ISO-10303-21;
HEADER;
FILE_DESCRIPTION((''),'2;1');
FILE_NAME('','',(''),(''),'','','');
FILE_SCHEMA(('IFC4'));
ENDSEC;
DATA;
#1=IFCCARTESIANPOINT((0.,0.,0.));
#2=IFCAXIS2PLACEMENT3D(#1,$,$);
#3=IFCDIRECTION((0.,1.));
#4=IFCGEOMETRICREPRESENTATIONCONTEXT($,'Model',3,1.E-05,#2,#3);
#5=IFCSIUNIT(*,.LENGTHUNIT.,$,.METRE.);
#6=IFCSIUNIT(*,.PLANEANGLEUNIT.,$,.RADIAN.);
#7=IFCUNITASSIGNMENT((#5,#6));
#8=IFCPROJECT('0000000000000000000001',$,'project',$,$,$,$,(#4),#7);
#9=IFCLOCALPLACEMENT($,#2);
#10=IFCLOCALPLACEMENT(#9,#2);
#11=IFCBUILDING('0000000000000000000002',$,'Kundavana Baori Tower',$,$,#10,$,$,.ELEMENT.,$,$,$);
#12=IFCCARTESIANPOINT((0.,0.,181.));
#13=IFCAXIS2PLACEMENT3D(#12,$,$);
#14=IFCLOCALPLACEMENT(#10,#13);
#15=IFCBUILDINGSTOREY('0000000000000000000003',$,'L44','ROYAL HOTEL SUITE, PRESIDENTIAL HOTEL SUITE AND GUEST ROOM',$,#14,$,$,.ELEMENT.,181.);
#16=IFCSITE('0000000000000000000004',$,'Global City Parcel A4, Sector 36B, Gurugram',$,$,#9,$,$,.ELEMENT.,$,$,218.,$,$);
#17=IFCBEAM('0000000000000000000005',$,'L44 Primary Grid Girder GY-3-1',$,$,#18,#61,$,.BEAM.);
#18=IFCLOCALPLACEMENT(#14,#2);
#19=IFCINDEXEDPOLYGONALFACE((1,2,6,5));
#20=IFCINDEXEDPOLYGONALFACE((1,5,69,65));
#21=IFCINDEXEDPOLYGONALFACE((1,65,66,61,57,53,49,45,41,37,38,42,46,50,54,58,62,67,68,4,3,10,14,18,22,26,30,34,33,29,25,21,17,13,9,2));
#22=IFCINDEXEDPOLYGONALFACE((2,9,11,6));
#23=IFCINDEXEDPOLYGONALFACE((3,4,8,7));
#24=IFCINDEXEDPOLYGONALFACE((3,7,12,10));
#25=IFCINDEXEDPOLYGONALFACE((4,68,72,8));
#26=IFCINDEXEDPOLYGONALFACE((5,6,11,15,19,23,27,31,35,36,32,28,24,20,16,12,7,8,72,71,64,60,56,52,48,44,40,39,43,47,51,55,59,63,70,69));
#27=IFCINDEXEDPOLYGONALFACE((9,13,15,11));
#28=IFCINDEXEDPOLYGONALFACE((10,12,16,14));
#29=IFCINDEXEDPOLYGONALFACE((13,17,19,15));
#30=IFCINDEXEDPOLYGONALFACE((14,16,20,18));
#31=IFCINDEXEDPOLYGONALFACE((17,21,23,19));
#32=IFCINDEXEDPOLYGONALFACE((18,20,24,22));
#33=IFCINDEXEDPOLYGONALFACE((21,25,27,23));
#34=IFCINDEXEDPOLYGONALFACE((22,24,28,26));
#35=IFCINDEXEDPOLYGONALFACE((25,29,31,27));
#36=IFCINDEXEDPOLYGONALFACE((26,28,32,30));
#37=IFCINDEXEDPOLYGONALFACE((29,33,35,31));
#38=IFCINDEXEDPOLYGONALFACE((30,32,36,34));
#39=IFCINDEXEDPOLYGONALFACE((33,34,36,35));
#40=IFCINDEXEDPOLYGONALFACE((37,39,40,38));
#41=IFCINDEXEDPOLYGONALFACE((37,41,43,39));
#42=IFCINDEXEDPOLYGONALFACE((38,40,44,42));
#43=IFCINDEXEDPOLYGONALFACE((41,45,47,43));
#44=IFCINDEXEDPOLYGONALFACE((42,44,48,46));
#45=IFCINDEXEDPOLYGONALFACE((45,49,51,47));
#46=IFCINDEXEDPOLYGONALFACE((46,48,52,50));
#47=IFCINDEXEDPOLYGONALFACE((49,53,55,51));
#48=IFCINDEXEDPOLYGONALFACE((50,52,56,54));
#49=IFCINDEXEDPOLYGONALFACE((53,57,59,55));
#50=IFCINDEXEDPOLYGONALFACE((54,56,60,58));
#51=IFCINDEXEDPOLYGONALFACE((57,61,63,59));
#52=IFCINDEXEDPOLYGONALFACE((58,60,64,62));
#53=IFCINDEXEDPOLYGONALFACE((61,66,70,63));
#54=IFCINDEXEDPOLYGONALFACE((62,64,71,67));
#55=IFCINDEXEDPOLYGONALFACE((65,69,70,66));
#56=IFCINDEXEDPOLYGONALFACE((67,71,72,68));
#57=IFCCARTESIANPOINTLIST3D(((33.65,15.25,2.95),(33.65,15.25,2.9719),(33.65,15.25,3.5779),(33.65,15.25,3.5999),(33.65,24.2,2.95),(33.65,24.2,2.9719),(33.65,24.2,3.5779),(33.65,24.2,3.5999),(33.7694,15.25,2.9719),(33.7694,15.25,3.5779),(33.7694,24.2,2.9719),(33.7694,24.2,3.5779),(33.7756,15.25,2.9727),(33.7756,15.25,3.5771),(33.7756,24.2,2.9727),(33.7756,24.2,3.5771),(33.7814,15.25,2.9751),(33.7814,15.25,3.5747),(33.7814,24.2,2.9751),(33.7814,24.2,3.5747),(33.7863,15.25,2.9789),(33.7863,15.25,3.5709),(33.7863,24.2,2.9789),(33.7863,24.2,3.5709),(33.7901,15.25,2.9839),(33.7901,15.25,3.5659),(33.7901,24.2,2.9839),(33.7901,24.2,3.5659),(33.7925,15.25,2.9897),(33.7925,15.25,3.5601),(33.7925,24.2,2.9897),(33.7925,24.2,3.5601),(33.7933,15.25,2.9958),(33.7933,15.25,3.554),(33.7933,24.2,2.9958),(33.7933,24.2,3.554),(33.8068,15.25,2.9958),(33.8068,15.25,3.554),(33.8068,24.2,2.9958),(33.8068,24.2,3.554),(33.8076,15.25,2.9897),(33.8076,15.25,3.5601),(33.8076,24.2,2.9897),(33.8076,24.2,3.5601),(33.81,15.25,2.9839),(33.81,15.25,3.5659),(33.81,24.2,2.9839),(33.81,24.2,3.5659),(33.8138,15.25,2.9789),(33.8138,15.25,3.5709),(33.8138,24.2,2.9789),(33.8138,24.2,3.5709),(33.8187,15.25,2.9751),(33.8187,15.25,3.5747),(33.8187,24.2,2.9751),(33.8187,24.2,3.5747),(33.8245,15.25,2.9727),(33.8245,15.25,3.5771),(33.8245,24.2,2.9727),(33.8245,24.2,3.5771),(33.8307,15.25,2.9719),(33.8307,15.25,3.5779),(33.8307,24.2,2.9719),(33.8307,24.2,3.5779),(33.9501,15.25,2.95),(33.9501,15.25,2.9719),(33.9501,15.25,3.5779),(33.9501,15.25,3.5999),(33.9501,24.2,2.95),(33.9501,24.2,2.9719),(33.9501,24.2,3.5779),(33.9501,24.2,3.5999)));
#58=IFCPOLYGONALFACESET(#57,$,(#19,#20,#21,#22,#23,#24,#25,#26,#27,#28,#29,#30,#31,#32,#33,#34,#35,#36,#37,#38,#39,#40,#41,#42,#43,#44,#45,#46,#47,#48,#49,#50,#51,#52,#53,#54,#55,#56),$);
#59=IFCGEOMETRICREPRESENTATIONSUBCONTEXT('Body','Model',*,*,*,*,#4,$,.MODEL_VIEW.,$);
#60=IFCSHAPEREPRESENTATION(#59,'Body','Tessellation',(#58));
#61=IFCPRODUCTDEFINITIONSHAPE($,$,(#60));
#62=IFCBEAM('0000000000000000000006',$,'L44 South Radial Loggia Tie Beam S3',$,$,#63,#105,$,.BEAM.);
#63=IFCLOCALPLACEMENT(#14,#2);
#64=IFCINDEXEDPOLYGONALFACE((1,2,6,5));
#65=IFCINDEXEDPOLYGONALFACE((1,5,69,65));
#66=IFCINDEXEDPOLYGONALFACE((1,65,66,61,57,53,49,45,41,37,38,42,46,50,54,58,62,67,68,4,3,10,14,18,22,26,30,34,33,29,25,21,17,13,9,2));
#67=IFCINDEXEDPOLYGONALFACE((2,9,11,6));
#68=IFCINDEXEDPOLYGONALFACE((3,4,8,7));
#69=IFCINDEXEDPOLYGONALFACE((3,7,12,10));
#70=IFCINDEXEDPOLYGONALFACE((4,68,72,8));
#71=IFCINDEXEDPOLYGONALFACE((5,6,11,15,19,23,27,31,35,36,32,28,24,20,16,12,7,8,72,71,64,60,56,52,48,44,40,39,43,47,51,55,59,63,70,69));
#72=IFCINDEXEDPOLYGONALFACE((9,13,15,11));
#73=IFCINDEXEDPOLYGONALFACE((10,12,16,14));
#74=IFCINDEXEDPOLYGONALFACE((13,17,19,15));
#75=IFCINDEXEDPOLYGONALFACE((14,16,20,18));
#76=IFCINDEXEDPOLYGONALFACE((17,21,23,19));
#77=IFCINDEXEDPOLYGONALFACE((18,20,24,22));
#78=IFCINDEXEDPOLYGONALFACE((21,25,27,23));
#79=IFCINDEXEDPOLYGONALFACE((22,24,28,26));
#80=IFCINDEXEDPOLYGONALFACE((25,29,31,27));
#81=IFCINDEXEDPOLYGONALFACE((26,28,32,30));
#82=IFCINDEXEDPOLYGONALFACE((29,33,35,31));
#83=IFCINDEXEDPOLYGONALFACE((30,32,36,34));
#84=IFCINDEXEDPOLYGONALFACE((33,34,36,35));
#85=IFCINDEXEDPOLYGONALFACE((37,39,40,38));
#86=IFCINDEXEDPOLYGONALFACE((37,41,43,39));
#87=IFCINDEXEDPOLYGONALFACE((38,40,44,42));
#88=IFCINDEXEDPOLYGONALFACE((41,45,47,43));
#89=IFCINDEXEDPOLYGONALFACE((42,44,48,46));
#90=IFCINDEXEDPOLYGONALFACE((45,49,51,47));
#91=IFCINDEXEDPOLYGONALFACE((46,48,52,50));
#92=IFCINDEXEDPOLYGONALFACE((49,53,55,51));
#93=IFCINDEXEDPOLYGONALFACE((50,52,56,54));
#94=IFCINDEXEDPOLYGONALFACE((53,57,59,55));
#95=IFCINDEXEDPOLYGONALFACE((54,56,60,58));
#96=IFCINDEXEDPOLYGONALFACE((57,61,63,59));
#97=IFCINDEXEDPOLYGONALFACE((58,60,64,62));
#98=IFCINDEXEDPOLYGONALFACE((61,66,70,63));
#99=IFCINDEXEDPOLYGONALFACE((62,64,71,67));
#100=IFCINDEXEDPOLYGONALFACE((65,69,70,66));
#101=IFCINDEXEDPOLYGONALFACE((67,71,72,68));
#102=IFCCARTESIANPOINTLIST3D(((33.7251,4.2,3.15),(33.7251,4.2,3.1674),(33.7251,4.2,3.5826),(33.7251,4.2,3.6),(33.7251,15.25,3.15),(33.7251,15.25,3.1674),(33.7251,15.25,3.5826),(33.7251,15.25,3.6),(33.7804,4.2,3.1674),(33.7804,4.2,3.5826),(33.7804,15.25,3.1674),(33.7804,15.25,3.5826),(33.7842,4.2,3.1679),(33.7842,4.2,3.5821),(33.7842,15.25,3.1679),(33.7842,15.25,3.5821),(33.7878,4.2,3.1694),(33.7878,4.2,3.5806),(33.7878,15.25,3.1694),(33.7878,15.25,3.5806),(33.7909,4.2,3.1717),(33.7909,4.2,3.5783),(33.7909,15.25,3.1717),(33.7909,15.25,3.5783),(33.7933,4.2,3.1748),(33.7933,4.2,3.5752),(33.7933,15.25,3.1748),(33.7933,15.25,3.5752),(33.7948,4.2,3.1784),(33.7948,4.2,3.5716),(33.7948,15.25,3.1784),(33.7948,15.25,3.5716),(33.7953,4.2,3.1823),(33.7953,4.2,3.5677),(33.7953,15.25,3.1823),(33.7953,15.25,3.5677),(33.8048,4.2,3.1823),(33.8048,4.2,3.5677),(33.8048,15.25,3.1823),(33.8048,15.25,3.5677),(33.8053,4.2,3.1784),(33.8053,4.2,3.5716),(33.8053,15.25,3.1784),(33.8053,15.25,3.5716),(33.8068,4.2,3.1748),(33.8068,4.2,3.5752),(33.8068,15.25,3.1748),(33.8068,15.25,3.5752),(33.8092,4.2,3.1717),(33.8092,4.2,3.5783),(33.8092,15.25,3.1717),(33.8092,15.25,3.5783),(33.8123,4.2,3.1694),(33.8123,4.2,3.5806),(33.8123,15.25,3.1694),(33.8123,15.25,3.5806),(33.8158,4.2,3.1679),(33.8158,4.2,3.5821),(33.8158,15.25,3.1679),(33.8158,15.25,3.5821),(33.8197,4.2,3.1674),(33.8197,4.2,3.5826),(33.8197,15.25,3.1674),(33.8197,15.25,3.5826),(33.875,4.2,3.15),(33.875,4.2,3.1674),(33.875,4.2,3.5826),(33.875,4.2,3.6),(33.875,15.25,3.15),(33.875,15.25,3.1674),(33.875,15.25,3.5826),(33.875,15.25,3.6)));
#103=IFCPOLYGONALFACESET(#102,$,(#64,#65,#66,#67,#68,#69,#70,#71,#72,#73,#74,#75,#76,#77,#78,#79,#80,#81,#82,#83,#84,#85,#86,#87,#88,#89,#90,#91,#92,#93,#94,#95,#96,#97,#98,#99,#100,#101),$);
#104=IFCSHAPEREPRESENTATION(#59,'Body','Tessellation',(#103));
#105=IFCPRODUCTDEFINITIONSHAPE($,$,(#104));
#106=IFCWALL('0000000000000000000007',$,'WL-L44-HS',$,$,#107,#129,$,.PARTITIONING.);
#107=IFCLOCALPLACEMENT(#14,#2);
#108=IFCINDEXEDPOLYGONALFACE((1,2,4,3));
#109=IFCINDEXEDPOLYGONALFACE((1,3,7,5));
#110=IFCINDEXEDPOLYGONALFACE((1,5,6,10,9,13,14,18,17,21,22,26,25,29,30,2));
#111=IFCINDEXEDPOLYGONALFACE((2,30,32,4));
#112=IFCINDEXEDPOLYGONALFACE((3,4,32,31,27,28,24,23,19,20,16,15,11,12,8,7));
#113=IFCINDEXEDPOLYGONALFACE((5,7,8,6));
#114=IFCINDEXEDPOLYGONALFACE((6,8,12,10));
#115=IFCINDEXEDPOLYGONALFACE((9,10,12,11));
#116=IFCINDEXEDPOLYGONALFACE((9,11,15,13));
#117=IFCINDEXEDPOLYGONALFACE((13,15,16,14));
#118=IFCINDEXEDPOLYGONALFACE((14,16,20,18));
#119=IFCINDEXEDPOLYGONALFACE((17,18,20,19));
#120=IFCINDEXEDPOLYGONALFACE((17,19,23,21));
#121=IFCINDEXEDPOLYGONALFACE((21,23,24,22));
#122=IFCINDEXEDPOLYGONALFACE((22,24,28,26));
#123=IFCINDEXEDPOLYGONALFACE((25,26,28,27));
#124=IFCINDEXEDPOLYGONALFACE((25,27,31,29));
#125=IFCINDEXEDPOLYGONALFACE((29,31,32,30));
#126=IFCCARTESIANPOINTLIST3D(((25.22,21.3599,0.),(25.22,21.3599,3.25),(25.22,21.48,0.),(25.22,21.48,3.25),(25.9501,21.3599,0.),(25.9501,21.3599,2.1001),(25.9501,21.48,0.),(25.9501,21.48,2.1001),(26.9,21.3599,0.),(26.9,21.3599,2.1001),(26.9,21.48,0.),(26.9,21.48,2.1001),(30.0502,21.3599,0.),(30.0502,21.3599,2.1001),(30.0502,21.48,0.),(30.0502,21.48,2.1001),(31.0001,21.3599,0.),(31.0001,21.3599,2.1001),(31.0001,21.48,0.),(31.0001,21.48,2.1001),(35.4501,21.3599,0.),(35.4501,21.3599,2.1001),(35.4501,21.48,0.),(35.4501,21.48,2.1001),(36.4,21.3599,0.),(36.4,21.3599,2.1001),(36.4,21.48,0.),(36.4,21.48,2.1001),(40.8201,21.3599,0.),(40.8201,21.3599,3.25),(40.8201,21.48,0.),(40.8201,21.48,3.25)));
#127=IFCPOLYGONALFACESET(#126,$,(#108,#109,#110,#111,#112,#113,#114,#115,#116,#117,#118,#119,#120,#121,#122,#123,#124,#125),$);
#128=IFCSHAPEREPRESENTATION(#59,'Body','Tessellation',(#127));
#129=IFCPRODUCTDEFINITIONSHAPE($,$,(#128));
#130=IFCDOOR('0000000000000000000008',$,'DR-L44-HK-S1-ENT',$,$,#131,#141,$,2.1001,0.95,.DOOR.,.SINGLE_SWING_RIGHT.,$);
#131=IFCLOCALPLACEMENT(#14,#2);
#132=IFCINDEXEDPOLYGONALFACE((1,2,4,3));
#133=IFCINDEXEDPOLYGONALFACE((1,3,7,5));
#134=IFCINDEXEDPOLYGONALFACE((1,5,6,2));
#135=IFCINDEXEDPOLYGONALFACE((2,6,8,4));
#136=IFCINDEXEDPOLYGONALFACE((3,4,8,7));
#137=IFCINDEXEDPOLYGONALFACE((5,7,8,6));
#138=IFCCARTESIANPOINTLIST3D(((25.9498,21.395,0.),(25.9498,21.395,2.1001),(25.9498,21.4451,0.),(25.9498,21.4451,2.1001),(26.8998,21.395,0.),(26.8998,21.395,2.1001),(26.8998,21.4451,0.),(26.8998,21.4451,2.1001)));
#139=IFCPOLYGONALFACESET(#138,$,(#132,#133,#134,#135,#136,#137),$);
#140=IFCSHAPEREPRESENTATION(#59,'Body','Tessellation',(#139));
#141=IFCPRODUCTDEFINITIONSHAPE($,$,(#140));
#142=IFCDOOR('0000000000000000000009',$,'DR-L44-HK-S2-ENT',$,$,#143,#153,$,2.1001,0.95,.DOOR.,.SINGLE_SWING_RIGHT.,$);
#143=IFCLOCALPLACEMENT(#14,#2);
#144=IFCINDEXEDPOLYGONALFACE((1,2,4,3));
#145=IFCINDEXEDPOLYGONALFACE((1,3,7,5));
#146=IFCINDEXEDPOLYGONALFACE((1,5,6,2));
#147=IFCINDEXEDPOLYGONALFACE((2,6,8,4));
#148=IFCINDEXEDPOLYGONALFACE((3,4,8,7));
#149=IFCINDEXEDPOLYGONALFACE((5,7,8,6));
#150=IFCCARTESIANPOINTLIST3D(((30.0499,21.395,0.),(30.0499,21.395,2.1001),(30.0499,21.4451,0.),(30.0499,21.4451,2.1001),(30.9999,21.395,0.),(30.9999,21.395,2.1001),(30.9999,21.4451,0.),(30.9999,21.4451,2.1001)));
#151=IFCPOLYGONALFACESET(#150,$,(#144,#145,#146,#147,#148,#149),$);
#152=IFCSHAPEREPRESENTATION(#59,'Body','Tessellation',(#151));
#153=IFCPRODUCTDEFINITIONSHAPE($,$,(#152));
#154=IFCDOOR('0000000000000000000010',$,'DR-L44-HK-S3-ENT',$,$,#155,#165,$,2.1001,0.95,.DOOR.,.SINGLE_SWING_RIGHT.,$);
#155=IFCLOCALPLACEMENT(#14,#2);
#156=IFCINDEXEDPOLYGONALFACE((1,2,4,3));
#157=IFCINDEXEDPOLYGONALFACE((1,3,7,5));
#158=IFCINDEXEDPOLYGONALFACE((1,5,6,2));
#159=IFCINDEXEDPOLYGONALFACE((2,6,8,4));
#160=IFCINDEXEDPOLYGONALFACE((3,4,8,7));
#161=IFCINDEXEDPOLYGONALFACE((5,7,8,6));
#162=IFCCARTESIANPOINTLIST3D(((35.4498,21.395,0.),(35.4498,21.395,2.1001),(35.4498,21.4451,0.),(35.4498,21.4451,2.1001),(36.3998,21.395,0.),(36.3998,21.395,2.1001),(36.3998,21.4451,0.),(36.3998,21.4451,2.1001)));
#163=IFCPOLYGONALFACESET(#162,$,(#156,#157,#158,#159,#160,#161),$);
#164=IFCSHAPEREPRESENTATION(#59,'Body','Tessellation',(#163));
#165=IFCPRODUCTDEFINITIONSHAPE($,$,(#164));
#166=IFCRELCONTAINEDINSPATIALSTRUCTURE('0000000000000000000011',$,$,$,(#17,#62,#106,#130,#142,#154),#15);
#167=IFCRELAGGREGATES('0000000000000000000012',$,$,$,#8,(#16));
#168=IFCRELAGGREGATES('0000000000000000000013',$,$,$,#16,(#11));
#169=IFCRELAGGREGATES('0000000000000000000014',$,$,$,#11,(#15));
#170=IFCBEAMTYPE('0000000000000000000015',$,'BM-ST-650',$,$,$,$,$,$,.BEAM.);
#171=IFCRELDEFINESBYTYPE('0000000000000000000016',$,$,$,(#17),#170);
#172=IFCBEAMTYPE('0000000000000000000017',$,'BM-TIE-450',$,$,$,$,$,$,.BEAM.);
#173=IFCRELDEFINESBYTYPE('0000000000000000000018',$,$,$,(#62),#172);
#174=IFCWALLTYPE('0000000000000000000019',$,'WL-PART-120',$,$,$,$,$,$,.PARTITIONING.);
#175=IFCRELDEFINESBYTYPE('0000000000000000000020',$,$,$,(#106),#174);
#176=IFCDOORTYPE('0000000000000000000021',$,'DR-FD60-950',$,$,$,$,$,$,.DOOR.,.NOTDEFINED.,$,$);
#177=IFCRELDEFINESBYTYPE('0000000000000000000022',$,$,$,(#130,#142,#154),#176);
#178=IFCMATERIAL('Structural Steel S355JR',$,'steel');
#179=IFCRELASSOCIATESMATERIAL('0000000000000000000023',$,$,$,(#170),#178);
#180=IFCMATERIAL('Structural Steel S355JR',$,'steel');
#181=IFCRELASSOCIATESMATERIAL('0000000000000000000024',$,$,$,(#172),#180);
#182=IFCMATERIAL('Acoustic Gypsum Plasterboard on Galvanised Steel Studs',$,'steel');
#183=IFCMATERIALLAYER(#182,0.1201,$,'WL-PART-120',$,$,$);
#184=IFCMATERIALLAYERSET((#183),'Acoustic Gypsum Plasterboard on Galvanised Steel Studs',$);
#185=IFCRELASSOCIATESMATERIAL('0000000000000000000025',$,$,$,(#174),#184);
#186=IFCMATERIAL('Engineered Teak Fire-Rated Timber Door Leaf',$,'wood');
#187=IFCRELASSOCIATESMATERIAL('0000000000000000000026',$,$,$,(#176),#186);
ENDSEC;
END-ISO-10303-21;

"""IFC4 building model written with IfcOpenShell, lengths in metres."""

from ifc_helpers import new_model, si_unit, direction, frame, frame_2d, origin, origin_2d, place, context, subcontext, project, spatial, rectangle, i_section, extrude, material, layer, layer_set, material_profile, profile_set, type_object, element, fill, save


model = new_model("IFC4")

# Units and contexts
model_context = context("Model", 3, precision=1e-05, world=origin(), true_north=direction((0.0, 1.0)))
body_context = subcontext(model_context, "Body", "Model", "MODEL_VIEW")
ifc_project = project(units=[si_unit("LENGTHUNIT", "METRE"), si_unit("PLANEANGLEUNIT", "RADIAN")], contexts=[model_context])

# Site, building, storey
site_placement = place(None, origin())
site = spatial("IfcSite", under=ifc_project, at=site_placement, Name="Global City Parcel A4, Sector 36B, Gurugram", CompositionType="ELEMENT", RefElevation=218.0)
building_placement = place(site_placement, origin())
building = spatial("IfcBuilding", under=site, at=building_placement, Name="Kundavana Baori Tower", CompositionType="ELEMENT")
storey_placement = place(building_placement, frame((0.0, 0.0, 181.0)))
storey = spatial("IfcBuildingStorey", under=building, at=storey_placement, Name="L44", Description="ROYAL HOTEL SUITE, PRESIDENTIAL HOTEL SUITE AND GUEST ROOM", CompositionType="ELEMENT", Elevation=181.0)

# Beams
ifc_material_1 = material(Name="Structural Steel S355JR", Category="steel")
ifc_material_profile_1 = material_profile(ifc_material_1, i_section(OverallWidth=0.3, OverallDepth=0.6499, WebThickness=0.0134, FlangeThickness=0.022, FilletRadius=0.0239, at=origin_2d()), Name="NPB 650x300x155")
ifc_profile_set_1 = profile_set([ifc_material_profile_1], Name="Structural Steel S355JR")
beam_type_1 = type_object("IfcBeamType", Name="BM-ST-650", PredefinedType="BEAM", material=ifc_profile_set_1)
beam_1_placement = place(storey_placement, frame((33.8, 15.25, 3.2749), z_axis=(0.0, 1.0, 0.0), x_axis=(-1.0, 0.0, 0.0)))
element("IfcBeam", 1, at=beam_1_placement, inside=storey, type_object=beam_type_1, Name="L44 Primary Grid Girder GY-3-1", PredefinedType="BEAM", context=body_context, shape_type="SweptSolid", body=[
    extrude(i_section(OverallWidth=0.3, OverallDepth=0.6499, WebThickness=0.0134, FlangeThickness=0.022, FilletRadius=0.0239, at=origin_2d()), origin(), (0.0, 0.0, 1.0), 8.95),
])
ifc_material_2 = material(Name="Structural Steel S355JR", Category="steel")
ifc_material_profile_2 = material_profile(ifc_material_2, i_section(OverallWidth=0.1499, OverallDepth=0.45, WebThickness=0.0095, FlangeThickness=0.0173, FilletRadius=0.0149, at=origin_2d()), Name="ISMB 450")
ifc_profile_set_2 = profile_set([ifc_material_profile_2], Name="Structural Steel S355JR")
beam_type_2 = type_object("IfcBeamType", Name="BM-TIE-450", PredefinedType="BEAM", material=ifc_profile_set_2)
beam_2_placement = place(storey_placement, frame((33.8, 15.25, 3.375), z_axis=(0.0, -1.0, 0.0), x_axis=(1.0, 0.0, 0.0)))
element("IfcBeam", 2, at=beam_2_placement, inside=storey, type_object=beam_type_2, Name="L44 South Radial Loggia Tie Beam S3", PredefinedType="BEAM", context=body_context, shape_type="SweptSolid", body=[
    extrude(i_section(OverallWidth=0.1499, OverallDepth=0.45, WebThickness=0.0095, FlangeThickness=0.0173, FilletRadius=0.0149, at=origin_2d()), origin(), (0.0, 0.0, 1.0), 11.05),
])

# Wall, openings, doors
ifc_material_3 = material(Name="Acoustic Gypsum Plasterboard on Galvanised Steel Studs", Category="steel")
ifc_layer = layer(ifc_material_3, 0.1201, Name="WL-PART-120")
ifc_layer_set = layer_set([ifc_layer], Name="Acoustic Gypsum Plasterboard on Galvanised Steel Studs")
wall_type = type_object("IfcWallType", Name="WL-PART-120", PredefinedType="PARTITIONING", material=ifc_layer_set)
wall_1_placement = place(storey_placement, frame((25.22, 21.4199, 0.0), z_axis=(0.0, 0.0, 1.0), x_axis=(1.0, 0.0, 0.0)))
wall_1 = element("IfcWall", 3, at=wall_1_placement, inside=storey, type_object=wall_type, Name="WL-L44-HS", PredefinedType="PARTITIONING", context=body_context, shape_type="SweptSolid", body=[
    extrude(rectangle(XDim=15.6001, YDim=0.1201, at=frame_2d((7.8, 0.0))), origin(), (0.0, 0.0, 1.0), 3.25),
])
opening_1_placement = place(wall_1_placement, frame((0.73, 0.0, 0.0)))
opening_1 = element("IfcOpeningElement", 4, at=opening_1_placement, cuts=wall_1, PredefinedType="OPENING", context=body_context, shape_type="SweptSolid", body=[
    extrude(rectangle(XDim=0.95, YDim=2.1001, at=frame_2d((0.4751, 1.05))), frame((0.0, 0.0701, 0.0), z_axis=(0.0, -1.0, 0.0), x_axis=(1.0, 0.0, 0.0)), (0.0, 0.0, 1.0), 0.1401),
])
opening_2_placement = place(wall_1_placement, frame((4.8301, 0.0, 0.0)))
opening_2 = element("IfcOpeningElement", 5, at=opening_2_placement, cuts=wall_1, PredefinedType="OPENING", context=body_context, shape_type="SweptSolid", body=[
    extrude(rectangle(XDim=0.95, YDim=2.1001, at=frame_2d((0.4751, 1.05))), frame((0.0, 0.0701, 0.0), z_axis=(0.0, -1.0, 0.0), x_axis=(1.0, 0.0, 0.0)), (0.0, 0.0, 1.0), 0.1401),
])
opening_3_placement = place(wall_1_placement, frame((10.23, 0.0, 0.0)))
opening_3 = element("IfcOpeningElement", 6, at=opening_3_placement, cuts=wall_1, PredefinedType="OPENING", context=body_context, shape_type="SweptSolid", body=[
    extrude(rectangle(XDim=0.95, YDim=2.1001, at=frame_2d((0.4751, 1.05))), frame((0.0, 0.0701, 0.0), z_axis=(0.0, -1.0, 0.0), x_axis=(1.0, 0.0, 0.0)), (0.0, 0.0, 1.0), 0.1401),
])
ifc_material_4 = material(Name="Engineered Teak Fire-Rated Timber Door Leaf", Category="wood")
door_type_1 = type_object("IfcDoorType", Name="DR-FD60-950", OperationType="NOTDEFINED", PredefinedType="DOOR", material=ifc_material_4)
door_1_placement = place(opening_1_placement, frame((0.95, 0.0, 0.0), z_axis=(0.0, 0.0, 1.0), x_axis=(-1.0, 0.0, 0.0)))
door_1 = element("IfcDoor", 7, at=door_1_placement, inside=storey, type_object=door_type_1, Name="DR-L44-HK-S1-ENT", OperationType="SINGLE_SWING_RIGHT", OverallHeight=2.1001, OverallWidth=0.95, PredefinedType="DOOR", context=body_context, shape_type="SweptSolid", body=[
    extrude(rectangle(XDim=0.95, YDim=2.1001, at=frame_2d((0.4751, 1.05))), frame((0.0, 0.0249, 0.0), z_axis=(0.0, -1.0, 0.0), x_axis=(1.0, 0.0, 0.0)), (0.0, 0.0, 1.0), 0.05),
])
fill(opening_1, door_1)
door_2_placement = place(opening_2_placement, frame((0.95, 0.0, 0.0), z_axis=(0.0, 0.0, 1.0), x_axis=(-1.0, 0.0, 0.0)))
door_2 = element("IfcDoor", 8, at=door_2_placement, inside=storey, type_object=door_type_1, Name="DR-L44-HK-S2-ENT", OperationType="SINGLE_SWING_RIGHT", OverallHeight=2.1001, OverallWidth=0.95, PredefinedType="DOOR", context=body_context, shape_type="SweptSolid", body=[
    extrude(rectangle(XDim=0.95, YDim=2.1001, at=frame_2d((0.4751, 1.05))), frame((0.0, 0.0249, 0.0), z_axis=(0.0, -1.0, 0.0), x_axis=(1.0, 0.0, 0.0)), (0.0, 0.0, 1.0), 0.05),
])
fill(opening_2, door_2)
door_3_placement = place(opening_3_placement, frame((0.95, 0.0, 0.0), z_axis=(0.0, 0.0, 1.0), x_axis=(-1.0, 0.0, 0.0)))
door_3 = element("IfcDoor", 9, at=door_3_placement, inside=storey, type_object=door_type_1, Name="DR-L44-HK-S3-ENT", OperationType="SINGLE_SWING_RIGHT", OverallHeight=2.1001, OverallWidth=0.95, PredefinedType="DOOR", context=body_context, shape_type="SweptSolid", body=[
    extrude(rectangle(XDim=0.95, YDim=2.1001, at=frame_2d((0.4751, 1.05))), frame((0.0, 0.0249, 0.0), z_axis=(0.0, -1.0, 0.0), x_axis=(1.0, 0.0, 0.0)), (0.0, 0.0, 1.0), 0.05),
])
fill(opening_3, door_3)

save(model, "model.ifc")
